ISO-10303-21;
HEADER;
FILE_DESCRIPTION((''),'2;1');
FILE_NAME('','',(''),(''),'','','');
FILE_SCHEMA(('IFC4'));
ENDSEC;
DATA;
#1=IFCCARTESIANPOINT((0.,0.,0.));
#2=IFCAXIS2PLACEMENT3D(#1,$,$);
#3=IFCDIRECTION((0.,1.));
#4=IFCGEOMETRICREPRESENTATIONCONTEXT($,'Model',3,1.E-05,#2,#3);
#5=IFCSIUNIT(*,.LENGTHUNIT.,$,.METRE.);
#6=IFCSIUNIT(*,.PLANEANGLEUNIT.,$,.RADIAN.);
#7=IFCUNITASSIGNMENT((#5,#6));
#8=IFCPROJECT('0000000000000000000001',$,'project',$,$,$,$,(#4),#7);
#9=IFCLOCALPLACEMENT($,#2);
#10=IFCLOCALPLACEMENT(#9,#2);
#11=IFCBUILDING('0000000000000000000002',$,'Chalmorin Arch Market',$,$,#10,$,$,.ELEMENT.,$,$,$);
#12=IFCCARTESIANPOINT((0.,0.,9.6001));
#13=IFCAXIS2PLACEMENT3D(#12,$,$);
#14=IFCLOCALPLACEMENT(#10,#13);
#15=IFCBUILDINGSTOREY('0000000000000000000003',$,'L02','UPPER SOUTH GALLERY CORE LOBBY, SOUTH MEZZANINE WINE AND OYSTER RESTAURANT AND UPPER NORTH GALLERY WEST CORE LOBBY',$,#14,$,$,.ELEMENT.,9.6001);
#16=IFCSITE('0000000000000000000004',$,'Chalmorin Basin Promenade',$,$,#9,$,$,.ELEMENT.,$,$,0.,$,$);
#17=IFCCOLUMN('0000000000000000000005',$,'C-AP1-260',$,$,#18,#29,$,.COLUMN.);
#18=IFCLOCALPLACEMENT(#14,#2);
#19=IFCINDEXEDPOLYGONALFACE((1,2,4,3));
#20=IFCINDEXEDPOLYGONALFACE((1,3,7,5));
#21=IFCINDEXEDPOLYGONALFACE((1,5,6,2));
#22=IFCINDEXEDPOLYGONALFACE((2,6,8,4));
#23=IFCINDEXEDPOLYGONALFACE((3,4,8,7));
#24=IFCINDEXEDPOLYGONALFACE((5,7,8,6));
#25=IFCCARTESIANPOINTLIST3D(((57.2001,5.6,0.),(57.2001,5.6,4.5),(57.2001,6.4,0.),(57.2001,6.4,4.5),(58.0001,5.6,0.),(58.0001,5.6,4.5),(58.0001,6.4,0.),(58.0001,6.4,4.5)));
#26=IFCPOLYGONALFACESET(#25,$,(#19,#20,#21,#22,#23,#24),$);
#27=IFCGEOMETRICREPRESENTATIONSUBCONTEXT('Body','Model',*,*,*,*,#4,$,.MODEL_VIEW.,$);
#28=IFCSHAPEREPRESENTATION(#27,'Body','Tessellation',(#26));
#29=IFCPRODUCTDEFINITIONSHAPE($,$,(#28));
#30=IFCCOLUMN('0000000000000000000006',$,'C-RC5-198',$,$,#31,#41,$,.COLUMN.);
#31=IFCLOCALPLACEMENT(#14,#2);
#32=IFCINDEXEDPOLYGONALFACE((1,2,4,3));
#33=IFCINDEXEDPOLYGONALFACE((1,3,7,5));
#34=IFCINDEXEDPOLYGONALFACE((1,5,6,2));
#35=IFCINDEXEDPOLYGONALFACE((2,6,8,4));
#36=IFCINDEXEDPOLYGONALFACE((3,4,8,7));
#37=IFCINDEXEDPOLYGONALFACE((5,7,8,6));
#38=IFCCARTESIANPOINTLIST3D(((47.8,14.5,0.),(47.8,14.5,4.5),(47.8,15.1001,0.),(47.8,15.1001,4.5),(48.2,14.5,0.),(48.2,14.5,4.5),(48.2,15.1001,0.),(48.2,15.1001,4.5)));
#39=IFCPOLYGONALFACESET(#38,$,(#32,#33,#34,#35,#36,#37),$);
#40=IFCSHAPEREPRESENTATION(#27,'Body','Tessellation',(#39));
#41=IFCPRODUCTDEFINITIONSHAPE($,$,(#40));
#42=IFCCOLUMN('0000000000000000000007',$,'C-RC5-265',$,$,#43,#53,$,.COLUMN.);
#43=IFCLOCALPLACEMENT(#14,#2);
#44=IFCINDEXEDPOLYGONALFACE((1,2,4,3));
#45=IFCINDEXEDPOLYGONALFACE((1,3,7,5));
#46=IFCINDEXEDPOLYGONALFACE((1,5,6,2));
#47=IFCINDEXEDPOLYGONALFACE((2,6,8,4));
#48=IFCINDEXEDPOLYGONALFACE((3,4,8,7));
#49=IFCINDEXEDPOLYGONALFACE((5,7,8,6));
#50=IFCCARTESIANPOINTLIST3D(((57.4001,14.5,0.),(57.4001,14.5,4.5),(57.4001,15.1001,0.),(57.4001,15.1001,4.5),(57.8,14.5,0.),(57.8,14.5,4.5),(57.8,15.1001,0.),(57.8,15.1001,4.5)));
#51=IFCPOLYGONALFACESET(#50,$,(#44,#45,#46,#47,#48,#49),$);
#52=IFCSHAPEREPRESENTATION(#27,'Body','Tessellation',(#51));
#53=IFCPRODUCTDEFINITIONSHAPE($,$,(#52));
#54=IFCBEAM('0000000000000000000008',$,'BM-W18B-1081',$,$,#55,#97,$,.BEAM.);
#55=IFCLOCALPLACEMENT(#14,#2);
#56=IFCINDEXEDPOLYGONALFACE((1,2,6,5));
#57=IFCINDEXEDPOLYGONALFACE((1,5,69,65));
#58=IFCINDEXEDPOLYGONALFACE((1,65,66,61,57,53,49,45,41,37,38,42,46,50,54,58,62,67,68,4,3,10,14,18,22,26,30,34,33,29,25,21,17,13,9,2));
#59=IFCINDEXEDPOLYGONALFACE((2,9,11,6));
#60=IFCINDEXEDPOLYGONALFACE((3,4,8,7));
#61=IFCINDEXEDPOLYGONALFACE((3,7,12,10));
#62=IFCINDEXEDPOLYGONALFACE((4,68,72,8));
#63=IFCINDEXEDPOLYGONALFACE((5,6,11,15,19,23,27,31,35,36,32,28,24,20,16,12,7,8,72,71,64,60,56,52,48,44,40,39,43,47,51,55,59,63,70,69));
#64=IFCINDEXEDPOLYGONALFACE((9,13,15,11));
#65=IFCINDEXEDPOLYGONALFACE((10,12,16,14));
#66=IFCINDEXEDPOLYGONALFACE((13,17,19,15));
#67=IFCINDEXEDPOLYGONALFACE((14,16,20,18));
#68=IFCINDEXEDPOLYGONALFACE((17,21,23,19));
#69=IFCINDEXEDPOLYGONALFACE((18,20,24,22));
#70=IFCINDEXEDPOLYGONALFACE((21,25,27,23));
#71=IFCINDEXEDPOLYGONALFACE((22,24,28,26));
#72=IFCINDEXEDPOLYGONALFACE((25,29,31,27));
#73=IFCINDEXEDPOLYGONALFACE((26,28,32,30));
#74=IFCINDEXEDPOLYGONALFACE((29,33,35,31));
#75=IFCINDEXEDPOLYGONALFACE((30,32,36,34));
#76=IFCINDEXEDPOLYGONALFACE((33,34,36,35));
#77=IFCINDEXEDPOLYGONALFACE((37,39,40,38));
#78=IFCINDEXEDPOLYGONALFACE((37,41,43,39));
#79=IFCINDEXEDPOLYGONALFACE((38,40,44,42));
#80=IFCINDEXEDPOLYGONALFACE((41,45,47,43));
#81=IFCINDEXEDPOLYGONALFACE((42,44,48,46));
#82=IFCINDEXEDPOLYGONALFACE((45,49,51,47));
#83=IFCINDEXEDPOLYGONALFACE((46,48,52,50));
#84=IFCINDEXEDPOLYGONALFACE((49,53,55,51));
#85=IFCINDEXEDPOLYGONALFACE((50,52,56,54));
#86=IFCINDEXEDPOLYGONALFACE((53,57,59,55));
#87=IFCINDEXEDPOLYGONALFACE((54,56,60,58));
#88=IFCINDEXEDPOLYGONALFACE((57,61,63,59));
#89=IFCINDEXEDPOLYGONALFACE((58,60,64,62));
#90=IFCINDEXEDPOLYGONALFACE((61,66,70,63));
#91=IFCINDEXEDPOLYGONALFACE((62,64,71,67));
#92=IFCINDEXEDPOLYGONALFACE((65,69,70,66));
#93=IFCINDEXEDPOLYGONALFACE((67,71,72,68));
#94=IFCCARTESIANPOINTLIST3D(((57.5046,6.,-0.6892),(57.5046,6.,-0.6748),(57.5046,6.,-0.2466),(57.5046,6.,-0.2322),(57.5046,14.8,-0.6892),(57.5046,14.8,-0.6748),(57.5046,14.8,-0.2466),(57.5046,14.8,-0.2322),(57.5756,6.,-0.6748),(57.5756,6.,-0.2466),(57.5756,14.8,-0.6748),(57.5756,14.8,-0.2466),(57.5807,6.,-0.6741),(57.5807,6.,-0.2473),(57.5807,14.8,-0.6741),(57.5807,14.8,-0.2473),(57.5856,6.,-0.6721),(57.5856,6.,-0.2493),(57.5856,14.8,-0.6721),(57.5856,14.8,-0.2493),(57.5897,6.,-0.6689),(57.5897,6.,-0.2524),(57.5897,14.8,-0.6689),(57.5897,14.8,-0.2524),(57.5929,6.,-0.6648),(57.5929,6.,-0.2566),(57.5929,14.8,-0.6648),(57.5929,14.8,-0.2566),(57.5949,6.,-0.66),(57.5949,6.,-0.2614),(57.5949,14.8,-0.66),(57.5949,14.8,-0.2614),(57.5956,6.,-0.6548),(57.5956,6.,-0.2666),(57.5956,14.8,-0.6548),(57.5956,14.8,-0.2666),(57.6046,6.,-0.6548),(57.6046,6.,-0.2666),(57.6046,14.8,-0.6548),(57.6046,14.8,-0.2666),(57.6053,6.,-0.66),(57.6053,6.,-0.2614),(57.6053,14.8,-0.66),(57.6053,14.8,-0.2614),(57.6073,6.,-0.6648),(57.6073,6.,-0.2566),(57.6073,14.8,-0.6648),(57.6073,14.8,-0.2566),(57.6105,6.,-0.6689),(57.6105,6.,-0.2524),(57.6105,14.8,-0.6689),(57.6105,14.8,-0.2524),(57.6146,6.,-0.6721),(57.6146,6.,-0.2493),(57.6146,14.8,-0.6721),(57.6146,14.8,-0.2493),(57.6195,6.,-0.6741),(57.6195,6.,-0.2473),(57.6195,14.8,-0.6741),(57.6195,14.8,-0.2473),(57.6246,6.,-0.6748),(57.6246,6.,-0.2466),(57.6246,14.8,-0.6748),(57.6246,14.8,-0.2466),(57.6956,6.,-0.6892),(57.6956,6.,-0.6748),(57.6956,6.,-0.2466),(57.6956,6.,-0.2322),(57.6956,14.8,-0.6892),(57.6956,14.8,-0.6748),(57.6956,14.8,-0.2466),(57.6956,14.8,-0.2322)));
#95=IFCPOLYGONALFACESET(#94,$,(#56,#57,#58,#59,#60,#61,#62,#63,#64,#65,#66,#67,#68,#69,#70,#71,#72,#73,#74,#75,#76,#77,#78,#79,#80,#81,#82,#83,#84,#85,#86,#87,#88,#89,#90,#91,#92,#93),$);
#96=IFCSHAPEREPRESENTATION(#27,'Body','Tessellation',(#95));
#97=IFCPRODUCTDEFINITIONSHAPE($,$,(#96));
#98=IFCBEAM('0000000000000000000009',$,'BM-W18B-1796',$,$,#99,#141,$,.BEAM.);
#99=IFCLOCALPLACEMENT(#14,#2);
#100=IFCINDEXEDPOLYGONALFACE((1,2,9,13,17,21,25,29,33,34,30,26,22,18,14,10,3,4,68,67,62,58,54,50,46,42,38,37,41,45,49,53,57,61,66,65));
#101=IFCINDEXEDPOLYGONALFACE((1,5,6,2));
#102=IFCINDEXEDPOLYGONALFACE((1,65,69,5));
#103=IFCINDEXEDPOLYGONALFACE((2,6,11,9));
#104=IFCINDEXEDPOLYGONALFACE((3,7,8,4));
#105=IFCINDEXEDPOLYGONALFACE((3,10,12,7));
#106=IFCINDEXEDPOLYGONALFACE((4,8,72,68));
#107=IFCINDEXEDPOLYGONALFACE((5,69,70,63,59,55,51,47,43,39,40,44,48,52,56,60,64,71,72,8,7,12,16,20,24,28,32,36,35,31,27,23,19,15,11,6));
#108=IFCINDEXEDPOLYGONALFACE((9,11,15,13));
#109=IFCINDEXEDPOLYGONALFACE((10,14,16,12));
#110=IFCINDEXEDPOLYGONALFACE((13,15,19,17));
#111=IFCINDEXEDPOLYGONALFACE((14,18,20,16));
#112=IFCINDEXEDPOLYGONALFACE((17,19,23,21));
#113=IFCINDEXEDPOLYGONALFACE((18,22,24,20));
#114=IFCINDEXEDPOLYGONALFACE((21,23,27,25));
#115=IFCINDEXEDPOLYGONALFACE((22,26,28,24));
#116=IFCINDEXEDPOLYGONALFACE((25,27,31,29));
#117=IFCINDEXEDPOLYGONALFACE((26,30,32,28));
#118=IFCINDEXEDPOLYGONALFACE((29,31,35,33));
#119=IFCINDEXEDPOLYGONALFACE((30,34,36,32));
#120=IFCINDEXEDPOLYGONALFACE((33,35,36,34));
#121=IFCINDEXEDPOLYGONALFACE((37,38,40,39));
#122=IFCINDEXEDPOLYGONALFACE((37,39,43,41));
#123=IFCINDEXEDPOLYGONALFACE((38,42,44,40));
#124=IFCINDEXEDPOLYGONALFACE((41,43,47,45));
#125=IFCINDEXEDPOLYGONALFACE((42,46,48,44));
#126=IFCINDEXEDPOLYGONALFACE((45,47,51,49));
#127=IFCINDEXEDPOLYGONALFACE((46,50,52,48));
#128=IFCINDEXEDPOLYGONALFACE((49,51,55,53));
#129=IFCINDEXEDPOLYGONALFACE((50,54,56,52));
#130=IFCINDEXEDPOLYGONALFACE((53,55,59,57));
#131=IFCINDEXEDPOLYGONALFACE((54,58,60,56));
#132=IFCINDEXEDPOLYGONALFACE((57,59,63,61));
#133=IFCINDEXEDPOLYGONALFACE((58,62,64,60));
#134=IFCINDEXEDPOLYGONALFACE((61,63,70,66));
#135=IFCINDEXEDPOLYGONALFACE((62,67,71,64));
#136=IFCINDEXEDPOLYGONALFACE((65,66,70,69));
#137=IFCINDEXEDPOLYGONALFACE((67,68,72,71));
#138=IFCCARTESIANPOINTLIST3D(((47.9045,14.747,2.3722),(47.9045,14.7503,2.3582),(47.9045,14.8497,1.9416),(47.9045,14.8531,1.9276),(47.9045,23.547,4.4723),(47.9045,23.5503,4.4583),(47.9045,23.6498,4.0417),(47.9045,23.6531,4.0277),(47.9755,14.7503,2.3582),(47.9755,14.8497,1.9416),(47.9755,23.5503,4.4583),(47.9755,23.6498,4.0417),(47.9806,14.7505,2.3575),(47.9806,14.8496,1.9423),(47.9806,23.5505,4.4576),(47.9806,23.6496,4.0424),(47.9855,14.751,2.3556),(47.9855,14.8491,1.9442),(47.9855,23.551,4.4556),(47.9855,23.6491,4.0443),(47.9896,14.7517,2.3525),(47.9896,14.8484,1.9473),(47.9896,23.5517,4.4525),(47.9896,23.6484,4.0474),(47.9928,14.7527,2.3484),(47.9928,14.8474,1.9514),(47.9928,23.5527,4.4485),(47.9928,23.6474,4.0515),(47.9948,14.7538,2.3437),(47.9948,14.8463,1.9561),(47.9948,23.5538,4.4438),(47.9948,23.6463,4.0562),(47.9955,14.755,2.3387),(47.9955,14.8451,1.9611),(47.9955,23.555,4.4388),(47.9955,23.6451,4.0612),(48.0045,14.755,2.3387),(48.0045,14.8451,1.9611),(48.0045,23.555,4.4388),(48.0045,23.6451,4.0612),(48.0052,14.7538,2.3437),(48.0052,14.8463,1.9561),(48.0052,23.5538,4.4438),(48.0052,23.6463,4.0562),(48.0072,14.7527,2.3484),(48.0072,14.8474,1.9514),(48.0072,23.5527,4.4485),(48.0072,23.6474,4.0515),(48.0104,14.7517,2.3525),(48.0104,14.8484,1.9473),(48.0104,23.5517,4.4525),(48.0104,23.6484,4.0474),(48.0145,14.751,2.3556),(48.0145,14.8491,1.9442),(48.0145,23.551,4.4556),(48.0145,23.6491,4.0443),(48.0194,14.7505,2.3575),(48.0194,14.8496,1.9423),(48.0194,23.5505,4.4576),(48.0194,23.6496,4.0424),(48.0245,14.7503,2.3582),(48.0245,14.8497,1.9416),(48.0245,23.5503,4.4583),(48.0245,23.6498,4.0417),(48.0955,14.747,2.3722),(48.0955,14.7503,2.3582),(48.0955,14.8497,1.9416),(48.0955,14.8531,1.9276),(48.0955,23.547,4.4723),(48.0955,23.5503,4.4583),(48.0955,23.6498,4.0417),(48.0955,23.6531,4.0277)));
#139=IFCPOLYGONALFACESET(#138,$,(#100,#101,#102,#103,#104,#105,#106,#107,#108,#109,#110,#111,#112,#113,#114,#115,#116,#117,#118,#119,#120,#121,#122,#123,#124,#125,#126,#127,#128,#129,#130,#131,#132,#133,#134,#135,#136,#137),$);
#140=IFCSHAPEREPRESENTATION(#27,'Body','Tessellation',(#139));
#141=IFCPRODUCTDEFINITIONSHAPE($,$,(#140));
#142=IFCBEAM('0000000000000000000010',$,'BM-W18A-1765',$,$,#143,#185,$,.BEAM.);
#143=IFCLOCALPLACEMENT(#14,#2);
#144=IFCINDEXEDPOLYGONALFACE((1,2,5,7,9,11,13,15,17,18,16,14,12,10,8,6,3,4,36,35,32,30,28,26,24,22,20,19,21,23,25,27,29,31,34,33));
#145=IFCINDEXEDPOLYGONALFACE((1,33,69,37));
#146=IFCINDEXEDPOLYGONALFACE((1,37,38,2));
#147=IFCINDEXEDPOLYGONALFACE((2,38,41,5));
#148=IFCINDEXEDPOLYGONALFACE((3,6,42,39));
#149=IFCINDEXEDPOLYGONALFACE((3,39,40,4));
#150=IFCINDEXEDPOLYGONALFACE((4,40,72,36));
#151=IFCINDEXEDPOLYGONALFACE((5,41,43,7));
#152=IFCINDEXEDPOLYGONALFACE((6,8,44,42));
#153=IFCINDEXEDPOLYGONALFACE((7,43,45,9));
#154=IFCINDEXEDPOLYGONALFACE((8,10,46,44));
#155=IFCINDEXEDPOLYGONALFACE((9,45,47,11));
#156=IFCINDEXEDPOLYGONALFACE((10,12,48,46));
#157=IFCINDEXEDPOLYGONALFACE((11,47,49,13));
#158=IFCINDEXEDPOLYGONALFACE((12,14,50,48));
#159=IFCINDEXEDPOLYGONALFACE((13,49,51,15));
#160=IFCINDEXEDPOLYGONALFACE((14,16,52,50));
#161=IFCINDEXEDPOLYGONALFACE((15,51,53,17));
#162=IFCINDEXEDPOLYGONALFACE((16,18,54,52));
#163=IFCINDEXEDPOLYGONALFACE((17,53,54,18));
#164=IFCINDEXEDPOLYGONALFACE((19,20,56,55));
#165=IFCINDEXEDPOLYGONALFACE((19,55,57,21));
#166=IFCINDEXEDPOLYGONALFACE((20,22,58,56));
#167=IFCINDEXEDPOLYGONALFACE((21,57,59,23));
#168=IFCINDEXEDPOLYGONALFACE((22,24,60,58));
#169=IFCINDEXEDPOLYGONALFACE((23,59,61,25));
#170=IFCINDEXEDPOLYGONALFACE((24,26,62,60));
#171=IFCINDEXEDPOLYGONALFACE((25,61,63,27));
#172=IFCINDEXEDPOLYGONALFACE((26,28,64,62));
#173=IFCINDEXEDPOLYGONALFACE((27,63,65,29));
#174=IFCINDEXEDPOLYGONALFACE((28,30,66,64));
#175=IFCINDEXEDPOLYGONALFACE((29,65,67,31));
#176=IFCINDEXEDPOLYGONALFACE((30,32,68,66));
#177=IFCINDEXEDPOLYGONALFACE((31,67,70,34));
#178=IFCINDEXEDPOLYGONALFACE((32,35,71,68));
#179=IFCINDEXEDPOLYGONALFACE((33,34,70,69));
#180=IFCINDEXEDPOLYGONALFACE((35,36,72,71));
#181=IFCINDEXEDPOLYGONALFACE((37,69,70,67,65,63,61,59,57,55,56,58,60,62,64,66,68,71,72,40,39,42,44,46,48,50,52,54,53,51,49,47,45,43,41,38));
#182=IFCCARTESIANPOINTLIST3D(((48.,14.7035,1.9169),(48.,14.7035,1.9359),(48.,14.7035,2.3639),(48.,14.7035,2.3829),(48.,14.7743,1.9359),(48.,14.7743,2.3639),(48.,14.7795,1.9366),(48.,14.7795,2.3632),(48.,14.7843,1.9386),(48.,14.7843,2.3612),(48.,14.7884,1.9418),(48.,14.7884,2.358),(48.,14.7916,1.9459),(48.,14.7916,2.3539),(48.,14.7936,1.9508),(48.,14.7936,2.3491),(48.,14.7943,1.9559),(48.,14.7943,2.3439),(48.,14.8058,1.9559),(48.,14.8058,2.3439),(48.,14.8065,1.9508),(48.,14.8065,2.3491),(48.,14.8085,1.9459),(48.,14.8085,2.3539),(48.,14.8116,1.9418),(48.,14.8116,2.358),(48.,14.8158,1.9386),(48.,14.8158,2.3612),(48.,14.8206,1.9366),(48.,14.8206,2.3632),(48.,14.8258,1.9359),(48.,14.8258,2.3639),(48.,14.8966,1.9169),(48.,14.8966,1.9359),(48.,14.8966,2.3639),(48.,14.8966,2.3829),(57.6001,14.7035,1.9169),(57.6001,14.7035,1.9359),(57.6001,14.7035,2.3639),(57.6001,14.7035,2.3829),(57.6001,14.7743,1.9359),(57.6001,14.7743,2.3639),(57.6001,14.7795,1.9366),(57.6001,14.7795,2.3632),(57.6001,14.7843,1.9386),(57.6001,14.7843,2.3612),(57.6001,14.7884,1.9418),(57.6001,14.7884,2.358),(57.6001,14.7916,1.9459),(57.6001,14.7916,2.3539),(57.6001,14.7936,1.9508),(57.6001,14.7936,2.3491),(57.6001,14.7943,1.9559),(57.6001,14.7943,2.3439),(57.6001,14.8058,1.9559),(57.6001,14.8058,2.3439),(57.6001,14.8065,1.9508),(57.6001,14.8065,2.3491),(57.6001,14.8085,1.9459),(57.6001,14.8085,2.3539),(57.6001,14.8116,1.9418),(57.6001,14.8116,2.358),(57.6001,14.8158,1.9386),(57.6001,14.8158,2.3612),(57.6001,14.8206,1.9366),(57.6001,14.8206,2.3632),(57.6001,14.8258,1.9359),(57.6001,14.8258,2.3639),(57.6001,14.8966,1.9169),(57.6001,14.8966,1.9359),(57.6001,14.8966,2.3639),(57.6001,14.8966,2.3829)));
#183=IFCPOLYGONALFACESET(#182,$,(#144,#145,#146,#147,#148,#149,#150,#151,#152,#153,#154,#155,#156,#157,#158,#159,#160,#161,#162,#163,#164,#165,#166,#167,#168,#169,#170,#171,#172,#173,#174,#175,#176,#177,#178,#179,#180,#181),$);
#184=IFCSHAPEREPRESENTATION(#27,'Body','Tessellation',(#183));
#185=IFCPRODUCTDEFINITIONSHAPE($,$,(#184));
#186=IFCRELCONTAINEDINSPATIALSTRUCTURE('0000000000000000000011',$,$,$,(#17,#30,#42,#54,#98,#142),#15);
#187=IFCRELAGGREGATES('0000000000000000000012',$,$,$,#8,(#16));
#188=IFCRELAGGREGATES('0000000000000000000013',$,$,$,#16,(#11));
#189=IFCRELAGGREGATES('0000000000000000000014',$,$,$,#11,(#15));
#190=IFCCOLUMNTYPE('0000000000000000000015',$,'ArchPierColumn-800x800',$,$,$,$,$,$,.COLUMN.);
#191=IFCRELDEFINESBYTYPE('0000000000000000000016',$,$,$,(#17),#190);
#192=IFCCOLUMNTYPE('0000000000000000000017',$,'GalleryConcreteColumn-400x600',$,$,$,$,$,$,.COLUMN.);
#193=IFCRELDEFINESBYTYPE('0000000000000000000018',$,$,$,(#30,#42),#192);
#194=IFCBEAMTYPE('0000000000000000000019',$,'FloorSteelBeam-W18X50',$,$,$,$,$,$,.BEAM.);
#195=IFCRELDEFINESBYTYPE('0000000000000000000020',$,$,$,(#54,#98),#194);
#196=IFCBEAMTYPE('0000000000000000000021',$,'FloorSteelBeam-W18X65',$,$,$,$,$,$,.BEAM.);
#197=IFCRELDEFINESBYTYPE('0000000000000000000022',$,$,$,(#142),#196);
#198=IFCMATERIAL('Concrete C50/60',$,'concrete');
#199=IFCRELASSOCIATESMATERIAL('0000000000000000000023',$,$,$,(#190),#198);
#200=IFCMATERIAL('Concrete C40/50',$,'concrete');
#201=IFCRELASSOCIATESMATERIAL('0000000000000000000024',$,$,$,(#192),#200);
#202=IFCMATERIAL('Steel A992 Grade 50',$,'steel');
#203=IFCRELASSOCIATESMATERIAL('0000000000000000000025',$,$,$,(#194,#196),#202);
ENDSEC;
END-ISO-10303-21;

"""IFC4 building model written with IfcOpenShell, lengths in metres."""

from ifc_helpers import new_model, si_unit, direction, frame, origin, origin_2d, place, context, subcontext, project, spatial, rectangle, i_section, extrude, material, material_profile, profile_set, type_object, element, save


model = new_model("IFC4")

# Units and contexts
model_context = context("Model", 3, precision=1e-05, world=origin(), true_north=direction((0.0, 1.0)))
body_context = subcontext(model_context, "Body", "Model", "MODEL_VIEW")
ifc_project = project(units=[si_unit("LENGTHUNIT", "METRE"), si_unit("PLANEANGLEUNIT", "RADIAN")], contexts=[model_context])

# Site, building, storey
site_placement = place(None, origin())
site = spatial("IfcSite", under=ifc_project, at=site_placement, Name="Chalmorin Basin Promenade", CompositionType="ELEMENT", RefElevation=0.0)
building_placement = place(site_placement, origin())
building = spatial("IfcBuilding", under=site, at=building_placement, Name="Chalmorin Arch Market", CompositionType="ELEMENT")
storey_placement = place(building_placement, frame((0.0, 0.0, 9.6001)))
storey = spatial("IfcBuildingStorey", under=building, at=storey_placement, Name="L02", Description="UPPER SOUTH GALLERY CORE LOBBY, SOUTH MEZZANINE WINE AND OYSTER RESTAURANT AND UPPER NORTH GALLERY WEST CORE LOBBY", CompositionType="ELEMENT", Elevation=9.6001)

# Columns
ifc_material_1 = material(Name="Concrete C50/60", Category="concrete")
ifc_material_profile_1 = material_profile(ifc_material_1, rectangle(XDim=0.8, YDim=0.8, at=origin_2d()), Name="RC800X800")
ifc_profile_set_1 = profile_set([ifc_material_profile_1], Name="Concrete C50/60")
column_type_1 = type_object("IfcColumnType", Name="ArchPierColumn-800x800", PredefinedType="COLUMN", material=ifc_profile_set_1)
column_placement = place(storey_placement, frame((57.6001, 6.0, 0.0), z_axis=(0.0, 0.0, 1.0), x_axis=(1.0, 0.0, 0.0)))
element("IfcColumn", 1, at=column_placement, inside=storey, type_object=column_type_1, Name="C-AP1-260", PredefinedType="COLUMN", context=body_context, shape_type="SweptSolid", body=[
    extrude(rectangle(XDim=0.8, YDim=0.8, at=origin_2d()), origin(), (0.0, 0.0, 1.0), 4.5),
])
ifc_material_2 = material(Name="Concrete C40/50", Category="concrete")
ifc_material_profile_2 = material_profile(ifc_material_2, rectangle(XDim=0.3999, YDim=0.6001, at=origin_2d()), Name="RC400X600")
ifc_profile_set_2 = profile_set([ifc_material_profile_2], Name="Concrete C40/50")
column_type_2 = type_object("IfcColumnType", Name="GalleryConcreteColumn-400x600", PredefinedType="COLUMN", material=ifc_profile_set_2)
for number, where, z_axis, x_axis, name in (
    (2, (48.0, 14.8, 0.0), (0.0, 0.0, 1.0), (1.0, 0.0, 0.0), "C-RC5-198"),
    (3, (57.6001, 14.8, 0.0), (0.0, 0.0, 1.0), (1.0, 0.0, 0.0), "C-RC5-265"),
):
    element("IfcColumn", number, at=place(storey_placement, frame(where, z_axis=z_axis, x_axis=x_axis)), inside=storey, type_object=column_type_2, Name=name, PredefinedType="COLUMN", context=body_context, shape_type="SweptSolid", body=[
        extrude(rectangle(XDim=0.3999, YDim=0.6001, at=origin_2d()), origin(), (0.0, 0.0, 1.0), 4.5),
    ])

# Beams
ifc_material_3 = material(Name="Steel A992 Grade 50", Category="steel")
ifc_material_profile_3 = material_profile(ifc_material_3, i_section(OverallWidth=0.1909, OverallDepth=0.457, WebThickness=0.009, FlangeThickness=0.0144, FilletRadius=0.02, at=origin_2d()), Name="W18X50")
ifc_profile_set_3 = profile_set([ifc_material_profile_3], Name="Steel A992 Grade 50")
beam_type_1 = type_object("IfcBeamType", Name="FloorSteelBeam-W18X50", PredefinedType="BEAM", material=ifc_profile_set_3)
beam_1_placement = place(storey_placement, frame((57.6001, 6.0, -0.4607), z_axis=(0.0, 1.0, 0.0), x_axis=(-1.0, 0.0, 0.0)))
element("IfcBeam", 4, at=beam_1_placement, inside=storey, type_object=beam_type_1, Name="BM-W18B-1081", PredefinedType="BEAM", context=body_context, shape_type="SweptSolid", body=[
    extrude(i_section(OverallWidth=0.1909, OverallDepth=0.457, WebThickness=0.009, FlangeThickness=0.0144, FilletRadius=0.02, at=origin_2d()), origin(), (0.0, 0.0, 1.0), 8.8),
])
beam_2_placement = place(storey_placement, frame((48.0, 14.8, 2.1499), z_axis=(0.0, 0.972685, 0.232128), x_axis=(-1.0, 0.0, 0.0)))
element("IfcBeam", 5, at=beam_2_placement, inside=storey, type_object=beam_type_1, Name="BM-W18B-1796", PredefinedType="BEAM", context=body_context, shape_type="SweptSolid", body=[
    extrude(i_section(OverallWidth=0.1909, OverallDepth=0.457, WebThickness=0.009, FlangeThickness=0.0144, FilletRadius=0.02, at=origin_2d()), origin(), (0.0, 0.0, 1.0), 9.0471),
])
ifc_material_profile_4 = material_profile(ifc_material_3, i_section(OverallWidth=0.1931, OverallDepth=0.4661, WebThickness=0.0115, FlangeThickness=0.019, FilletRadius=0.02, at=origin_2d()), Name="W18X65")
ifc_profile_set_4 = profile_set([ifc_material_profile_4], Name="Steel A992 Grade 50")
beam_type_2 = type_object("IfcBeamType", Name="FloorSteelBeam-W18X65", PredefinedType="BEAM", material=ifc_profile_set_4)
beam_3_placement = place(storey_placement, frame((48.0, 14.8, 2.1499), z_axis=(1.0, 0.0, 0.0), x_axis=(0.0, 1.0, 0.0)))
element("IfcBeam", 6, at=beam_3_placement, inside=storey, type_object=beam_type_2, Name="BM-W18A-1765", PredefinedType="BEAM", context=body_context, shape_type="SweptSolid", body=[
    extrude(i_section(OverallWidth=0.1931, OverallDepth=0.4661, WebThickness=0.0115, FlangeThickness=0.019, FilletRadius=0.02, at=origin_2d()), origin(), (0.0, 0.0, 1.0), 9.6001),
])

save(model, "model.ifc")
